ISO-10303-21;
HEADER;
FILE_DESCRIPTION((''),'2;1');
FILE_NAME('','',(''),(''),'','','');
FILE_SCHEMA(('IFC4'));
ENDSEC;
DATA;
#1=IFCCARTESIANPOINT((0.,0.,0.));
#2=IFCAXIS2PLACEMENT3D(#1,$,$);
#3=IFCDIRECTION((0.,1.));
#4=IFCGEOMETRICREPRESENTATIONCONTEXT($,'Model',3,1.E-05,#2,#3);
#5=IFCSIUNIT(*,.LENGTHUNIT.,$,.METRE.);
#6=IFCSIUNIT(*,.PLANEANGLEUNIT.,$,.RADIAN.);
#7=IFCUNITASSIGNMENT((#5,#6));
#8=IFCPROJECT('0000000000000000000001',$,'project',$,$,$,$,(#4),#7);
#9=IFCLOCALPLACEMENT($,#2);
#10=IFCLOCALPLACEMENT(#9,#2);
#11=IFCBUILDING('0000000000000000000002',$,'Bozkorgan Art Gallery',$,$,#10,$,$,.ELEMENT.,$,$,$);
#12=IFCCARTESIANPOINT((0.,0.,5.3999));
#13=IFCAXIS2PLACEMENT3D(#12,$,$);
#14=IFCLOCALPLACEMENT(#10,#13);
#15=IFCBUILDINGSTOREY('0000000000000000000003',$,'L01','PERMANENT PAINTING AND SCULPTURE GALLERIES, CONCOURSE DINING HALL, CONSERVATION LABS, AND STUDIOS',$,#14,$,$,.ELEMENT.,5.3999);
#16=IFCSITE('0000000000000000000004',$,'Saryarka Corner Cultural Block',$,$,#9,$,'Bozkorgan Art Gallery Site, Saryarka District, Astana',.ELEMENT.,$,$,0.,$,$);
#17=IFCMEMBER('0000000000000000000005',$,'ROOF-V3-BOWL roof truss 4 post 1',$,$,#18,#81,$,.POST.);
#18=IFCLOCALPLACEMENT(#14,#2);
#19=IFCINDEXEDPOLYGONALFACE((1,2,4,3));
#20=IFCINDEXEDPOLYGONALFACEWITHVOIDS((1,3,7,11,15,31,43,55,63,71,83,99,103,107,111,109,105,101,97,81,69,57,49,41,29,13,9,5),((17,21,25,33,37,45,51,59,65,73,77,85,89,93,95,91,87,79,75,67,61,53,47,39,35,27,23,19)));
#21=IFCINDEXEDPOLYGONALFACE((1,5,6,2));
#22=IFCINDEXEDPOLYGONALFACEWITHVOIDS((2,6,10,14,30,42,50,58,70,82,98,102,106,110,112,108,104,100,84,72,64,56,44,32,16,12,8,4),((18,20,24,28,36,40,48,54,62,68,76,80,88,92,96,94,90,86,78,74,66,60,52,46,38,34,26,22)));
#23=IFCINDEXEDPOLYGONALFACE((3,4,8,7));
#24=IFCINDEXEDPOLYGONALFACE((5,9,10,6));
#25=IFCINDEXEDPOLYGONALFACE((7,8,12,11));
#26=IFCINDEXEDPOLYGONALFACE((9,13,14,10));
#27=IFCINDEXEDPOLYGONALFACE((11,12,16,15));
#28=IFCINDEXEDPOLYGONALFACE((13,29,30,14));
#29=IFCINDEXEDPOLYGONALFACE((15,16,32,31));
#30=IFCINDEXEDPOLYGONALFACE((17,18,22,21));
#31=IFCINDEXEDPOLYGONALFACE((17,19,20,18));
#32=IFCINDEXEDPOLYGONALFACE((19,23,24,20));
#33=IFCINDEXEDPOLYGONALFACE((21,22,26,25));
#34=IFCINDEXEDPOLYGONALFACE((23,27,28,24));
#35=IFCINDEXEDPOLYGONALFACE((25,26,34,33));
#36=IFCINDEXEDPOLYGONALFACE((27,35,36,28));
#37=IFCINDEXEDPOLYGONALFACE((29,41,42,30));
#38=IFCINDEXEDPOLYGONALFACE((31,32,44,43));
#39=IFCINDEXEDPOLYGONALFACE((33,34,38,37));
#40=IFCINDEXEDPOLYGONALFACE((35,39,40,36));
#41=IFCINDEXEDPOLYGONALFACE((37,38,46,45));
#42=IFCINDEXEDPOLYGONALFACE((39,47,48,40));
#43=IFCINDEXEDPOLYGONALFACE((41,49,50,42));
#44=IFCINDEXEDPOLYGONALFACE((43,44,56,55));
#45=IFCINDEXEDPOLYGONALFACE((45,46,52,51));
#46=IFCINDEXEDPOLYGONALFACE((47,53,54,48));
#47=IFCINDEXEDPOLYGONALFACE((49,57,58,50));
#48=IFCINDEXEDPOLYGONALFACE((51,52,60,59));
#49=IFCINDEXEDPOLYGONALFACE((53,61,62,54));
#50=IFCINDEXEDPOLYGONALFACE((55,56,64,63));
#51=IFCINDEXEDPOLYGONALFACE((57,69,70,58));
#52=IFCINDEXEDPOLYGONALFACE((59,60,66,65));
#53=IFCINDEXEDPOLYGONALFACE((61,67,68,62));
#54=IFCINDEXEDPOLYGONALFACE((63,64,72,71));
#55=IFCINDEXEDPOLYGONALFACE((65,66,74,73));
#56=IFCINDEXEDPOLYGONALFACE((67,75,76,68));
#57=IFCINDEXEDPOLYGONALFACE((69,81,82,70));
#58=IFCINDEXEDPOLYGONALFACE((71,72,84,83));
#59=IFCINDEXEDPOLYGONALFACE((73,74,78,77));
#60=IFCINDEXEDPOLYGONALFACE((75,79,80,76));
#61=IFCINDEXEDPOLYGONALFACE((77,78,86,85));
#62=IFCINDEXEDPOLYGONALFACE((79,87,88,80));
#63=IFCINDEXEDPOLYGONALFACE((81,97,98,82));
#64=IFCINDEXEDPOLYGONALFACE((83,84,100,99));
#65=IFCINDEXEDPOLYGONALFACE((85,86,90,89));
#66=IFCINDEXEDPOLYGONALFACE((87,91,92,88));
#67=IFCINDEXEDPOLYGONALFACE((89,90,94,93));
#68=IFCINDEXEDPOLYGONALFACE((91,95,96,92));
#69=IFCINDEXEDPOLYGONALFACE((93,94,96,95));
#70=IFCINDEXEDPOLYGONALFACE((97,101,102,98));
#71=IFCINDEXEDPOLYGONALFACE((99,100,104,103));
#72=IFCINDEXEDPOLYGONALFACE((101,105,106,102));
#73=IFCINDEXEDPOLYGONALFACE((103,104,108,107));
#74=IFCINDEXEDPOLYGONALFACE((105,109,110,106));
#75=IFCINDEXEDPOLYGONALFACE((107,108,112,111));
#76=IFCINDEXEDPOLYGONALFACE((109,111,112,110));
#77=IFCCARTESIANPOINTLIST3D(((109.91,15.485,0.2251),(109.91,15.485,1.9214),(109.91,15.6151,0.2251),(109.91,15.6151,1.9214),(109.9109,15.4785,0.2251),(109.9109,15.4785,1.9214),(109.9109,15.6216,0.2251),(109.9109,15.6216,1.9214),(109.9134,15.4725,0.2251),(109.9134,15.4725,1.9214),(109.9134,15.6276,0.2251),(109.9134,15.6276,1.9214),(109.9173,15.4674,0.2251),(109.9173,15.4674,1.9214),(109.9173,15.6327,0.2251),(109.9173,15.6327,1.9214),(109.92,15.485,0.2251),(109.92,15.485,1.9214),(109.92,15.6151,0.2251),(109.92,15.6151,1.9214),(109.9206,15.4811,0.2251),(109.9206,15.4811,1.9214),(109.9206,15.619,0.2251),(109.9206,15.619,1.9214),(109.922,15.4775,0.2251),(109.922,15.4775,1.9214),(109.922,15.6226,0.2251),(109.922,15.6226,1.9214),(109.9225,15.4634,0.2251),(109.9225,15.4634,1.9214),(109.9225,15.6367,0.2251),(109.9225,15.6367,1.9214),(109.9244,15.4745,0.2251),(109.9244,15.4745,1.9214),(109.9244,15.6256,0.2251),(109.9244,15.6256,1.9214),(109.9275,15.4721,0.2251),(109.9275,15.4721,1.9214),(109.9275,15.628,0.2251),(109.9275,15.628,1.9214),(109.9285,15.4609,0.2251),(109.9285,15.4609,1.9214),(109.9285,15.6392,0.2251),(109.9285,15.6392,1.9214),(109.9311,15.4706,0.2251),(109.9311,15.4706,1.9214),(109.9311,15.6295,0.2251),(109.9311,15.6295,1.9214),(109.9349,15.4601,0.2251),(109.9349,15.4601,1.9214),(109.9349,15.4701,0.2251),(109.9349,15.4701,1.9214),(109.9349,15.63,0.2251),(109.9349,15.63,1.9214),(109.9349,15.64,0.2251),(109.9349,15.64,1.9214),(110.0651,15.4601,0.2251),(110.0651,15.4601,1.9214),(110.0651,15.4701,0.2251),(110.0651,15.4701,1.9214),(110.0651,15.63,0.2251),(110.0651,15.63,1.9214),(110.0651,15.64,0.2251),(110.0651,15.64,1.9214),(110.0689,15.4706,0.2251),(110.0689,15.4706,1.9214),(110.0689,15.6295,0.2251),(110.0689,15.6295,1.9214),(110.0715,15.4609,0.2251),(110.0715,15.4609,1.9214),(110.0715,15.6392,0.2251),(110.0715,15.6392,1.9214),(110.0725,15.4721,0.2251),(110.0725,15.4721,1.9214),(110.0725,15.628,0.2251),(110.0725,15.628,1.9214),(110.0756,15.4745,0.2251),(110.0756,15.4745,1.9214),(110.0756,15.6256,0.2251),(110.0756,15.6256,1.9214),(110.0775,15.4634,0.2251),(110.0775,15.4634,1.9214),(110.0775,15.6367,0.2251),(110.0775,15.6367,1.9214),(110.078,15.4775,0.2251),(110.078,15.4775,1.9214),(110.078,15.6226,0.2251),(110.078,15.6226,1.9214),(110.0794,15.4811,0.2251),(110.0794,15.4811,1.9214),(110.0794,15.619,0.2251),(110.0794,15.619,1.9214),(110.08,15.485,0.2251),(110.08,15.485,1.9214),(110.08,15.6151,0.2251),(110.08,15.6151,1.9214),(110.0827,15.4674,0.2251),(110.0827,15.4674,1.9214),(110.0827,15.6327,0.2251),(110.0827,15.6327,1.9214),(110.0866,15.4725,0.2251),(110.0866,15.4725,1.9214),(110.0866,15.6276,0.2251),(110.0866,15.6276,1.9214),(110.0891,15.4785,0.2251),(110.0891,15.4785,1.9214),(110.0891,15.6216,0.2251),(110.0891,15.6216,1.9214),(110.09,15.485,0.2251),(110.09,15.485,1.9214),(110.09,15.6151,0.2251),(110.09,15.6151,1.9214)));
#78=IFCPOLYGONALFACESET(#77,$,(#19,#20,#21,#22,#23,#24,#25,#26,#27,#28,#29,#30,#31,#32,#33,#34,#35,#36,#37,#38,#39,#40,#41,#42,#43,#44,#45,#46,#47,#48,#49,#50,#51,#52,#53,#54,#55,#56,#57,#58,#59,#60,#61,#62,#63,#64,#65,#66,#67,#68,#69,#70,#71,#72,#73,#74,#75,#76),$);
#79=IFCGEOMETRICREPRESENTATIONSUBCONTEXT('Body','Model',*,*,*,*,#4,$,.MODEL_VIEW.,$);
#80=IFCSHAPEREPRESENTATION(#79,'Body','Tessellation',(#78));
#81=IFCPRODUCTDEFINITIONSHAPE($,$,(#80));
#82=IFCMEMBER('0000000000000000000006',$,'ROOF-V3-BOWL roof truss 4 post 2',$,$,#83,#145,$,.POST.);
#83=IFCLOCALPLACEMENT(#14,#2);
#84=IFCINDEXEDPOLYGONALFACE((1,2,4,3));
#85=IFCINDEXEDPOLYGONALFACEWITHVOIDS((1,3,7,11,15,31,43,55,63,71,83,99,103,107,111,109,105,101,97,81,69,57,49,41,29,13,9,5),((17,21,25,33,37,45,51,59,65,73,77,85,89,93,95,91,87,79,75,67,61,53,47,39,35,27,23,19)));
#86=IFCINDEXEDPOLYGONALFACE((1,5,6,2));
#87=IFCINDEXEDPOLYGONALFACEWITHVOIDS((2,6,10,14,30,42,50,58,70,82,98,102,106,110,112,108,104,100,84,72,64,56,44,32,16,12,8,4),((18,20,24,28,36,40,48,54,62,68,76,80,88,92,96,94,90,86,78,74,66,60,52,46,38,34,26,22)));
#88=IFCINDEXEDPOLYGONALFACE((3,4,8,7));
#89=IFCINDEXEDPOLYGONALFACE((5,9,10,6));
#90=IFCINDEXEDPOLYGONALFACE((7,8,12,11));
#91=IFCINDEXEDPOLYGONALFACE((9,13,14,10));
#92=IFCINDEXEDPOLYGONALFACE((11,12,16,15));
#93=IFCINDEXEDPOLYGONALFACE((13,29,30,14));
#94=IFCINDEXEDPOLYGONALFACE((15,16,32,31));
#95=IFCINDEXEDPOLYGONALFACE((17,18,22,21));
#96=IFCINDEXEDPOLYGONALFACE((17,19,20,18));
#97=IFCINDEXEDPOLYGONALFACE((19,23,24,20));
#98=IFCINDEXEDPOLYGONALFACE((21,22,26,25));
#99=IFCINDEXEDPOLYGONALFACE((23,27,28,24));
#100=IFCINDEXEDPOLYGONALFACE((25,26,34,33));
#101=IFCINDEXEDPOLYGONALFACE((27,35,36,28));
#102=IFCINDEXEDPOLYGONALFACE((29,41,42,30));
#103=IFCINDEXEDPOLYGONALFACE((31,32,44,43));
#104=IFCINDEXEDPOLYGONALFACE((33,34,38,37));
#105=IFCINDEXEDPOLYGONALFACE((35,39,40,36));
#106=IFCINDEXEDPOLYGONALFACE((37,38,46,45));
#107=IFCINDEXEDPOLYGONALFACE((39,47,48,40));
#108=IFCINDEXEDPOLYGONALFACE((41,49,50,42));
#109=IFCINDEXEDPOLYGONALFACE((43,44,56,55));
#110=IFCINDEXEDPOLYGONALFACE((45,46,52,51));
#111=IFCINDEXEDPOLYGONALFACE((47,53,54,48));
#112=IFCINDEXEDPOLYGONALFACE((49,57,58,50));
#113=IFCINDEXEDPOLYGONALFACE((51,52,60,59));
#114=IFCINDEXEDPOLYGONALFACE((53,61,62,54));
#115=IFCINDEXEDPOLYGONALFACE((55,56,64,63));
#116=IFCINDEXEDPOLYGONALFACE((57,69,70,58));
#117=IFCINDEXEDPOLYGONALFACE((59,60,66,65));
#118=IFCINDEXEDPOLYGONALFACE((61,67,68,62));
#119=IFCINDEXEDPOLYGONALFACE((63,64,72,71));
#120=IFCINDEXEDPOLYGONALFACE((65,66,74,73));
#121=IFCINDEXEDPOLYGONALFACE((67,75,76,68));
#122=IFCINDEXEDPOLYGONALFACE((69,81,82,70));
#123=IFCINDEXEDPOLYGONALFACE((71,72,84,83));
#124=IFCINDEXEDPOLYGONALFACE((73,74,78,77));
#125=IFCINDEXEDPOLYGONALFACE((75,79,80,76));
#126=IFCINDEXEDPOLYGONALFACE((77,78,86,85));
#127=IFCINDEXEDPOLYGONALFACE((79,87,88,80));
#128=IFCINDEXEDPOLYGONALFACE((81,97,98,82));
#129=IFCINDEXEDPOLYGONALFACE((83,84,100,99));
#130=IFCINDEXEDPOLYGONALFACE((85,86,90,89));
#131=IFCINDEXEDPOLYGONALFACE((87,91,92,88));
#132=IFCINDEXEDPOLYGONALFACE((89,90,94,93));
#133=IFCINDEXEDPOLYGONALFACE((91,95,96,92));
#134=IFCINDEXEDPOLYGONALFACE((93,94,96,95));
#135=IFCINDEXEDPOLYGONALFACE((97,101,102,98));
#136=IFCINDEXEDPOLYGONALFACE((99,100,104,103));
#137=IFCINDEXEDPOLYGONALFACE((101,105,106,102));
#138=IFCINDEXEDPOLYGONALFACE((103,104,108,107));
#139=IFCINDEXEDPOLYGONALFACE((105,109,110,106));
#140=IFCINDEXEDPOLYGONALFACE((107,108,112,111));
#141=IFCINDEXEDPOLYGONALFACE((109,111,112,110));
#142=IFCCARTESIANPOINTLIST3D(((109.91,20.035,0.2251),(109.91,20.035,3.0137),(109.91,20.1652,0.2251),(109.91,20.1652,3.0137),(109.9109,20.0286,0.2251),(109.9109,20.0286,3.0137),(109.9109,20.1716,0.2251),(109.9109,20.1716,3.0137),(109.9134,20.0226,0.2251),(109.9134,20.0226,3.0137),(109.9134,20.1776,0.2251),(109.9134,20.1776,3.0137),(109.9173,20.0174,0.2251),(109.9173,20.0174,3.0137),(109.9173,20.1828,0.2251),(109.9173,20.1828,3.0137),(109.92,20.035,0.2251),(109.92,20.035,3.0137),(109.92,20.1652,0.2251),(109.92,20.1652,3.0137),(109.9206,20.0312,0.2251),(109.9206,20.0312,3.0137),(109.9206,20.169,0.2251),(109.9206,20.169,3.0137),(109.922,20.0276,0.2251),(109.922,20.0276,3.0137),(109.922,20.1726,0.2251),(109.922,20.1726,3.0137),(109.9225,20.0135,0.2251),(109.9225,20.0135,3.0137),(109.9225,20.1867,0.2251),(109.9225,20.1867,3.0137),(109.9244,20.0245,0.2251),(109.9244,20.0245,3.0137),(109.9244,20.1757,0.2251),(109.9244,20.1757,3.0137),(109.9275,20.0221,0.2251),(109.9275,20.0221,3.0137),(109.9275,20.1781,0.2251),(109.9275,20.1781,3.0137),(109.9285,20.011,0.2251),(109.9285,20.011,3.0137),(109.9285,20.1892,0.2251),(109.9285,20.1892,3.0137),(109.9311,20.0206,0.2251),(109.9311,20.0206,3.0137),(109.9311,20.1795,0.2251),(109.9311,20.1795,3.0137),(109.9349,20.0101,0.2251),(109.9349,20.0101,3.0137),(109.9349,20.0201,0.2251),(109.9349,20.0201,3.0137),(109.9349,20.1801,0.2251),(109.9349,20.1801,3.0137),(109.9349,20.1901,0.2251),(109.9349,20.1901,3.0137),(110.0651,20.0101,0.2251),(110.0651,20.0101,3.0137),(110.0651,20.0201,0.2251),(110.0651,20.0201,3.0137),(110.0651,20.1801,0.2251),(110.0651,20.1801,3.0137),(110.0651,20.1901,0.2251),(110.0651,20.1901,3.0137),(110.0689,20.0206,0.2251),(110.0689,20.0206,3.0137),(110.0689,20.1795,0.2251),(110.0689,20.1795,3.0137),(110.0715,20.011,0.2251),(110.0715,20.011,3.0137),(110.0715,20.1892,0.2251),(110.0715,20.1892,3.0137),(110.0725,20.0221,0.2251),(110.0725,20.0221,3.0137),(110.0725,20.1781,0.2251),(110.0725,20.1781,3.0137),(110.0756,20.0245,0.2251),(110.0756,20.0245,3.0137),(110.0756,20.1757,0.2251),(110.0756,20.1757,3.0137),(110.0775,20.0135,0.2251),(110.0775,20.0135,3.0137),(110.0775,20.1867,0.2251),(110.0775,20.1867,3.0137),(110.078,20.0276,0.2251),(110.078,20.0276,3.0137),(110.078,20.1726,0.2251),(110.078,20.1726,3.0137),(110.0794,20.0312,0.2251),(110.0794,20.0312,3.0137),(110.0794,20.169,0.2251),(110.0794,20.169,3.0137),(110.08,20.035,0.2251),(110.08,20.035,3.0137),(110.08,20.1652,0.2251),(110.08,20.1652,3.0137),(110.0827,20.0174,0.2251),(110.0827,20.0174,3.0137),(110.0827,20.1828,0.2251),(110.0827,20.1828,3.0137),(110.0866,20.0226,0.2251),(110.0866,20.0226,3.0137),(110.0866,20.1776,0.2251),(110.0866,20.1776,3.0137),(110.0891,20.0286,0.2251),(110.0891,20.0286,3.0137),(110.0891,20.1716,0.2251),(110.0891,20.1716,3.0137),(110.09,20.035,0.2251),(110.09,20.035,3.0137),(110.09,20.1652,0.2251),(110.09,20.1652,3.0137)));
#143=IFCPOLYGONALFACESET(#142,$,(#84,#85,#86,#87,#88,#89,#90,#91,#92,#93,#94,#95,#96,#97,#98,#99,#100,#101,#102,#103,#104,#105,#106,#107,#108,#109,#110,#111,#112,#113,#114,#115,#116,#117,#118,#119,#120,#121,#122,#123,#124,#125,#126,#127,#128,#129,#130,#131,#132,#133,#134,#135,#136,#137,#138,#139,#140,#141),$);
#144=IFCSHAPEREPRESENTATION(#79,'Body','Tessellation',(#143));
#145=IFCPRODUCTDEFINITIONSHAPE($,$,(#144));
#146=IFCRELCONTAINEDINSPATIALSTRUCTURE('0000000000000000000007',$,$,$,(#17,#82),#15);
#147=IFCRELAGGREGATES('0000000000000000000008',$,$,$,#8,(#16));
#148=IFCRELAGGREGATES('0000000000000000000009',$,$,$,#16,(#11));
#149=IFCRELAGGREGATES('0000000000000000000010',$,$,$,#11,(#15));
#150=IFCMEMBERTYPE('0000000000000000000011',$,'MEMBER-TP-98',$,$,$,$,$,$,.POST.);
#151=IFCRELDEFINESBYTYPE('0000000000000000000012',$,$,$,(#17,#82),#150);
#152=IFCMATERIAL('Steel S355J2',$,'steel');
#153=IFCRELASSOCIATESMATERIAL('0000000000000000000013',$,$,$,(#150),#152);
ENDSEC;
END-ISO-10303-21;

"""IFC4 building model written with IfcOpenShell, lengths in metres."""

from ifc_helpers import new_model, si_unit, direction, frame, origin, origin_2d, place, context, subcontext, project, spatial, hollow_rectangle, extrude, material, material_profile, profile_set, type_object, element, save


model = new_model("IFC4")

# Units and contexts
model_context = context("Model", 3, precision=1e-05, world=origin(), true_north=direction((0.0, 1.0)))
body_context = subcontext(model_context, "Body", "Model", "MODEL_VIEW")
ifc_project = project(units=[si_unit("LENGTHUNIT", "METRE"), si_unit("PLANEANGLEUNIT", "RADIAN")], contexts=[model_context])

# Site, building, storey
site_placement = place(None, origin())
site = spatial("IfcSite", under=ifc_project, at=site_placement, Name="Saryarka Corner Cultural Block", LongName="Bozkorgan Art Gallery Site, Saryarka District, Astana", CompositionType="ELEMENT", RefElevation=0.0)
building_placement = place(site_placement, origin())
building = spatial("IfcBuilding", under=site, at=building_placement, Name="Bozkorgan Art Gallery", CompositionType="ELEMENT")
storey_placement = place(building_placement, frame((0.0, 0.0, 5.3999)))
storey = spatial("IfcBuildingStorey", under=building, at=storey_placement, Name="L01", Description="PERMANENT PAINTING AND SCULPTURE GALLERIES, CONCOURSE DINING HALL, CONSERVATION LABS, AND STUDIOS", CompositionType="ELEMENT", Elevation=5.3999)

# Shared definitions
ifc_material_1 = material(Name="Steel S355J2", Category="steel")

# Members
ifc_material_profile_1 = material_profile(ifc_material_1, hollow_rectangle(XDim=0.1799, YDim=0.1799, WallThickness=0.01, InnerFilletRadius=0.0149, OuterFilletRadius=0.0249, at=origin_2d()), Name="SHS 180x180x10")
ifc_profile_set_1 = profile_set([ifc_material_profile_1], Name="Steel S355J2")
member_type_1 = type_object("IfcMemberType", Name="MEMBER-TP-98", PredefinedType="POST", material=ifc_profile_set_1)
member_1_placement = place(storey_placement, frame((110.0, 15.55, 0.2251), z_axis=(0.0, 0.0, 1.0), x_axis=(1.0, 0.0, 0.0)))
element("IfcMember", 1, at=member_1_placement, inside=storey, type_object=member_type_1, Name="ROOF-V3-BOWL roof truss 4 post 1", PredefinedType="POST", context=body_context, shape_type="SweptSolid", body=[
    extrude(hollow_rectangle(XDim=0.1799, YDim=0.1799, WallThickness=0.01, InnerFilletRadius=0.0149, OuterFilletRadius=0.0249, at=origin_2d()), origin(), (0.0, 0.0, 1.0), 1.6963),
])
member_2_placement = place(storey_placement, frame((110.0, 20.1001, 0.2251), z_axis=(0.0, 0.0, 1.0), x_axis=(1.0, 0.0, 0.0)))
element("IfcMember", 2, at=member_2_placement, inside=storey, type_object=member_type_1, Name="ROOF-V3-BOWL roof truss 4 post 2", PredefinedType="POST", context=body_context, shape_type="SweptSolid", body=[
    extrude(hollow_rectangle(XDim=0.1799, YDim=0.1799, WallThickness=0.01, InnerFilletRadius=0.0149, OuterFilletRadius=0.0249, at=origin_2d()), origin(), (0.0, 0.0, 1.0), 2.7886),
])

save(model, "model.ifc")
